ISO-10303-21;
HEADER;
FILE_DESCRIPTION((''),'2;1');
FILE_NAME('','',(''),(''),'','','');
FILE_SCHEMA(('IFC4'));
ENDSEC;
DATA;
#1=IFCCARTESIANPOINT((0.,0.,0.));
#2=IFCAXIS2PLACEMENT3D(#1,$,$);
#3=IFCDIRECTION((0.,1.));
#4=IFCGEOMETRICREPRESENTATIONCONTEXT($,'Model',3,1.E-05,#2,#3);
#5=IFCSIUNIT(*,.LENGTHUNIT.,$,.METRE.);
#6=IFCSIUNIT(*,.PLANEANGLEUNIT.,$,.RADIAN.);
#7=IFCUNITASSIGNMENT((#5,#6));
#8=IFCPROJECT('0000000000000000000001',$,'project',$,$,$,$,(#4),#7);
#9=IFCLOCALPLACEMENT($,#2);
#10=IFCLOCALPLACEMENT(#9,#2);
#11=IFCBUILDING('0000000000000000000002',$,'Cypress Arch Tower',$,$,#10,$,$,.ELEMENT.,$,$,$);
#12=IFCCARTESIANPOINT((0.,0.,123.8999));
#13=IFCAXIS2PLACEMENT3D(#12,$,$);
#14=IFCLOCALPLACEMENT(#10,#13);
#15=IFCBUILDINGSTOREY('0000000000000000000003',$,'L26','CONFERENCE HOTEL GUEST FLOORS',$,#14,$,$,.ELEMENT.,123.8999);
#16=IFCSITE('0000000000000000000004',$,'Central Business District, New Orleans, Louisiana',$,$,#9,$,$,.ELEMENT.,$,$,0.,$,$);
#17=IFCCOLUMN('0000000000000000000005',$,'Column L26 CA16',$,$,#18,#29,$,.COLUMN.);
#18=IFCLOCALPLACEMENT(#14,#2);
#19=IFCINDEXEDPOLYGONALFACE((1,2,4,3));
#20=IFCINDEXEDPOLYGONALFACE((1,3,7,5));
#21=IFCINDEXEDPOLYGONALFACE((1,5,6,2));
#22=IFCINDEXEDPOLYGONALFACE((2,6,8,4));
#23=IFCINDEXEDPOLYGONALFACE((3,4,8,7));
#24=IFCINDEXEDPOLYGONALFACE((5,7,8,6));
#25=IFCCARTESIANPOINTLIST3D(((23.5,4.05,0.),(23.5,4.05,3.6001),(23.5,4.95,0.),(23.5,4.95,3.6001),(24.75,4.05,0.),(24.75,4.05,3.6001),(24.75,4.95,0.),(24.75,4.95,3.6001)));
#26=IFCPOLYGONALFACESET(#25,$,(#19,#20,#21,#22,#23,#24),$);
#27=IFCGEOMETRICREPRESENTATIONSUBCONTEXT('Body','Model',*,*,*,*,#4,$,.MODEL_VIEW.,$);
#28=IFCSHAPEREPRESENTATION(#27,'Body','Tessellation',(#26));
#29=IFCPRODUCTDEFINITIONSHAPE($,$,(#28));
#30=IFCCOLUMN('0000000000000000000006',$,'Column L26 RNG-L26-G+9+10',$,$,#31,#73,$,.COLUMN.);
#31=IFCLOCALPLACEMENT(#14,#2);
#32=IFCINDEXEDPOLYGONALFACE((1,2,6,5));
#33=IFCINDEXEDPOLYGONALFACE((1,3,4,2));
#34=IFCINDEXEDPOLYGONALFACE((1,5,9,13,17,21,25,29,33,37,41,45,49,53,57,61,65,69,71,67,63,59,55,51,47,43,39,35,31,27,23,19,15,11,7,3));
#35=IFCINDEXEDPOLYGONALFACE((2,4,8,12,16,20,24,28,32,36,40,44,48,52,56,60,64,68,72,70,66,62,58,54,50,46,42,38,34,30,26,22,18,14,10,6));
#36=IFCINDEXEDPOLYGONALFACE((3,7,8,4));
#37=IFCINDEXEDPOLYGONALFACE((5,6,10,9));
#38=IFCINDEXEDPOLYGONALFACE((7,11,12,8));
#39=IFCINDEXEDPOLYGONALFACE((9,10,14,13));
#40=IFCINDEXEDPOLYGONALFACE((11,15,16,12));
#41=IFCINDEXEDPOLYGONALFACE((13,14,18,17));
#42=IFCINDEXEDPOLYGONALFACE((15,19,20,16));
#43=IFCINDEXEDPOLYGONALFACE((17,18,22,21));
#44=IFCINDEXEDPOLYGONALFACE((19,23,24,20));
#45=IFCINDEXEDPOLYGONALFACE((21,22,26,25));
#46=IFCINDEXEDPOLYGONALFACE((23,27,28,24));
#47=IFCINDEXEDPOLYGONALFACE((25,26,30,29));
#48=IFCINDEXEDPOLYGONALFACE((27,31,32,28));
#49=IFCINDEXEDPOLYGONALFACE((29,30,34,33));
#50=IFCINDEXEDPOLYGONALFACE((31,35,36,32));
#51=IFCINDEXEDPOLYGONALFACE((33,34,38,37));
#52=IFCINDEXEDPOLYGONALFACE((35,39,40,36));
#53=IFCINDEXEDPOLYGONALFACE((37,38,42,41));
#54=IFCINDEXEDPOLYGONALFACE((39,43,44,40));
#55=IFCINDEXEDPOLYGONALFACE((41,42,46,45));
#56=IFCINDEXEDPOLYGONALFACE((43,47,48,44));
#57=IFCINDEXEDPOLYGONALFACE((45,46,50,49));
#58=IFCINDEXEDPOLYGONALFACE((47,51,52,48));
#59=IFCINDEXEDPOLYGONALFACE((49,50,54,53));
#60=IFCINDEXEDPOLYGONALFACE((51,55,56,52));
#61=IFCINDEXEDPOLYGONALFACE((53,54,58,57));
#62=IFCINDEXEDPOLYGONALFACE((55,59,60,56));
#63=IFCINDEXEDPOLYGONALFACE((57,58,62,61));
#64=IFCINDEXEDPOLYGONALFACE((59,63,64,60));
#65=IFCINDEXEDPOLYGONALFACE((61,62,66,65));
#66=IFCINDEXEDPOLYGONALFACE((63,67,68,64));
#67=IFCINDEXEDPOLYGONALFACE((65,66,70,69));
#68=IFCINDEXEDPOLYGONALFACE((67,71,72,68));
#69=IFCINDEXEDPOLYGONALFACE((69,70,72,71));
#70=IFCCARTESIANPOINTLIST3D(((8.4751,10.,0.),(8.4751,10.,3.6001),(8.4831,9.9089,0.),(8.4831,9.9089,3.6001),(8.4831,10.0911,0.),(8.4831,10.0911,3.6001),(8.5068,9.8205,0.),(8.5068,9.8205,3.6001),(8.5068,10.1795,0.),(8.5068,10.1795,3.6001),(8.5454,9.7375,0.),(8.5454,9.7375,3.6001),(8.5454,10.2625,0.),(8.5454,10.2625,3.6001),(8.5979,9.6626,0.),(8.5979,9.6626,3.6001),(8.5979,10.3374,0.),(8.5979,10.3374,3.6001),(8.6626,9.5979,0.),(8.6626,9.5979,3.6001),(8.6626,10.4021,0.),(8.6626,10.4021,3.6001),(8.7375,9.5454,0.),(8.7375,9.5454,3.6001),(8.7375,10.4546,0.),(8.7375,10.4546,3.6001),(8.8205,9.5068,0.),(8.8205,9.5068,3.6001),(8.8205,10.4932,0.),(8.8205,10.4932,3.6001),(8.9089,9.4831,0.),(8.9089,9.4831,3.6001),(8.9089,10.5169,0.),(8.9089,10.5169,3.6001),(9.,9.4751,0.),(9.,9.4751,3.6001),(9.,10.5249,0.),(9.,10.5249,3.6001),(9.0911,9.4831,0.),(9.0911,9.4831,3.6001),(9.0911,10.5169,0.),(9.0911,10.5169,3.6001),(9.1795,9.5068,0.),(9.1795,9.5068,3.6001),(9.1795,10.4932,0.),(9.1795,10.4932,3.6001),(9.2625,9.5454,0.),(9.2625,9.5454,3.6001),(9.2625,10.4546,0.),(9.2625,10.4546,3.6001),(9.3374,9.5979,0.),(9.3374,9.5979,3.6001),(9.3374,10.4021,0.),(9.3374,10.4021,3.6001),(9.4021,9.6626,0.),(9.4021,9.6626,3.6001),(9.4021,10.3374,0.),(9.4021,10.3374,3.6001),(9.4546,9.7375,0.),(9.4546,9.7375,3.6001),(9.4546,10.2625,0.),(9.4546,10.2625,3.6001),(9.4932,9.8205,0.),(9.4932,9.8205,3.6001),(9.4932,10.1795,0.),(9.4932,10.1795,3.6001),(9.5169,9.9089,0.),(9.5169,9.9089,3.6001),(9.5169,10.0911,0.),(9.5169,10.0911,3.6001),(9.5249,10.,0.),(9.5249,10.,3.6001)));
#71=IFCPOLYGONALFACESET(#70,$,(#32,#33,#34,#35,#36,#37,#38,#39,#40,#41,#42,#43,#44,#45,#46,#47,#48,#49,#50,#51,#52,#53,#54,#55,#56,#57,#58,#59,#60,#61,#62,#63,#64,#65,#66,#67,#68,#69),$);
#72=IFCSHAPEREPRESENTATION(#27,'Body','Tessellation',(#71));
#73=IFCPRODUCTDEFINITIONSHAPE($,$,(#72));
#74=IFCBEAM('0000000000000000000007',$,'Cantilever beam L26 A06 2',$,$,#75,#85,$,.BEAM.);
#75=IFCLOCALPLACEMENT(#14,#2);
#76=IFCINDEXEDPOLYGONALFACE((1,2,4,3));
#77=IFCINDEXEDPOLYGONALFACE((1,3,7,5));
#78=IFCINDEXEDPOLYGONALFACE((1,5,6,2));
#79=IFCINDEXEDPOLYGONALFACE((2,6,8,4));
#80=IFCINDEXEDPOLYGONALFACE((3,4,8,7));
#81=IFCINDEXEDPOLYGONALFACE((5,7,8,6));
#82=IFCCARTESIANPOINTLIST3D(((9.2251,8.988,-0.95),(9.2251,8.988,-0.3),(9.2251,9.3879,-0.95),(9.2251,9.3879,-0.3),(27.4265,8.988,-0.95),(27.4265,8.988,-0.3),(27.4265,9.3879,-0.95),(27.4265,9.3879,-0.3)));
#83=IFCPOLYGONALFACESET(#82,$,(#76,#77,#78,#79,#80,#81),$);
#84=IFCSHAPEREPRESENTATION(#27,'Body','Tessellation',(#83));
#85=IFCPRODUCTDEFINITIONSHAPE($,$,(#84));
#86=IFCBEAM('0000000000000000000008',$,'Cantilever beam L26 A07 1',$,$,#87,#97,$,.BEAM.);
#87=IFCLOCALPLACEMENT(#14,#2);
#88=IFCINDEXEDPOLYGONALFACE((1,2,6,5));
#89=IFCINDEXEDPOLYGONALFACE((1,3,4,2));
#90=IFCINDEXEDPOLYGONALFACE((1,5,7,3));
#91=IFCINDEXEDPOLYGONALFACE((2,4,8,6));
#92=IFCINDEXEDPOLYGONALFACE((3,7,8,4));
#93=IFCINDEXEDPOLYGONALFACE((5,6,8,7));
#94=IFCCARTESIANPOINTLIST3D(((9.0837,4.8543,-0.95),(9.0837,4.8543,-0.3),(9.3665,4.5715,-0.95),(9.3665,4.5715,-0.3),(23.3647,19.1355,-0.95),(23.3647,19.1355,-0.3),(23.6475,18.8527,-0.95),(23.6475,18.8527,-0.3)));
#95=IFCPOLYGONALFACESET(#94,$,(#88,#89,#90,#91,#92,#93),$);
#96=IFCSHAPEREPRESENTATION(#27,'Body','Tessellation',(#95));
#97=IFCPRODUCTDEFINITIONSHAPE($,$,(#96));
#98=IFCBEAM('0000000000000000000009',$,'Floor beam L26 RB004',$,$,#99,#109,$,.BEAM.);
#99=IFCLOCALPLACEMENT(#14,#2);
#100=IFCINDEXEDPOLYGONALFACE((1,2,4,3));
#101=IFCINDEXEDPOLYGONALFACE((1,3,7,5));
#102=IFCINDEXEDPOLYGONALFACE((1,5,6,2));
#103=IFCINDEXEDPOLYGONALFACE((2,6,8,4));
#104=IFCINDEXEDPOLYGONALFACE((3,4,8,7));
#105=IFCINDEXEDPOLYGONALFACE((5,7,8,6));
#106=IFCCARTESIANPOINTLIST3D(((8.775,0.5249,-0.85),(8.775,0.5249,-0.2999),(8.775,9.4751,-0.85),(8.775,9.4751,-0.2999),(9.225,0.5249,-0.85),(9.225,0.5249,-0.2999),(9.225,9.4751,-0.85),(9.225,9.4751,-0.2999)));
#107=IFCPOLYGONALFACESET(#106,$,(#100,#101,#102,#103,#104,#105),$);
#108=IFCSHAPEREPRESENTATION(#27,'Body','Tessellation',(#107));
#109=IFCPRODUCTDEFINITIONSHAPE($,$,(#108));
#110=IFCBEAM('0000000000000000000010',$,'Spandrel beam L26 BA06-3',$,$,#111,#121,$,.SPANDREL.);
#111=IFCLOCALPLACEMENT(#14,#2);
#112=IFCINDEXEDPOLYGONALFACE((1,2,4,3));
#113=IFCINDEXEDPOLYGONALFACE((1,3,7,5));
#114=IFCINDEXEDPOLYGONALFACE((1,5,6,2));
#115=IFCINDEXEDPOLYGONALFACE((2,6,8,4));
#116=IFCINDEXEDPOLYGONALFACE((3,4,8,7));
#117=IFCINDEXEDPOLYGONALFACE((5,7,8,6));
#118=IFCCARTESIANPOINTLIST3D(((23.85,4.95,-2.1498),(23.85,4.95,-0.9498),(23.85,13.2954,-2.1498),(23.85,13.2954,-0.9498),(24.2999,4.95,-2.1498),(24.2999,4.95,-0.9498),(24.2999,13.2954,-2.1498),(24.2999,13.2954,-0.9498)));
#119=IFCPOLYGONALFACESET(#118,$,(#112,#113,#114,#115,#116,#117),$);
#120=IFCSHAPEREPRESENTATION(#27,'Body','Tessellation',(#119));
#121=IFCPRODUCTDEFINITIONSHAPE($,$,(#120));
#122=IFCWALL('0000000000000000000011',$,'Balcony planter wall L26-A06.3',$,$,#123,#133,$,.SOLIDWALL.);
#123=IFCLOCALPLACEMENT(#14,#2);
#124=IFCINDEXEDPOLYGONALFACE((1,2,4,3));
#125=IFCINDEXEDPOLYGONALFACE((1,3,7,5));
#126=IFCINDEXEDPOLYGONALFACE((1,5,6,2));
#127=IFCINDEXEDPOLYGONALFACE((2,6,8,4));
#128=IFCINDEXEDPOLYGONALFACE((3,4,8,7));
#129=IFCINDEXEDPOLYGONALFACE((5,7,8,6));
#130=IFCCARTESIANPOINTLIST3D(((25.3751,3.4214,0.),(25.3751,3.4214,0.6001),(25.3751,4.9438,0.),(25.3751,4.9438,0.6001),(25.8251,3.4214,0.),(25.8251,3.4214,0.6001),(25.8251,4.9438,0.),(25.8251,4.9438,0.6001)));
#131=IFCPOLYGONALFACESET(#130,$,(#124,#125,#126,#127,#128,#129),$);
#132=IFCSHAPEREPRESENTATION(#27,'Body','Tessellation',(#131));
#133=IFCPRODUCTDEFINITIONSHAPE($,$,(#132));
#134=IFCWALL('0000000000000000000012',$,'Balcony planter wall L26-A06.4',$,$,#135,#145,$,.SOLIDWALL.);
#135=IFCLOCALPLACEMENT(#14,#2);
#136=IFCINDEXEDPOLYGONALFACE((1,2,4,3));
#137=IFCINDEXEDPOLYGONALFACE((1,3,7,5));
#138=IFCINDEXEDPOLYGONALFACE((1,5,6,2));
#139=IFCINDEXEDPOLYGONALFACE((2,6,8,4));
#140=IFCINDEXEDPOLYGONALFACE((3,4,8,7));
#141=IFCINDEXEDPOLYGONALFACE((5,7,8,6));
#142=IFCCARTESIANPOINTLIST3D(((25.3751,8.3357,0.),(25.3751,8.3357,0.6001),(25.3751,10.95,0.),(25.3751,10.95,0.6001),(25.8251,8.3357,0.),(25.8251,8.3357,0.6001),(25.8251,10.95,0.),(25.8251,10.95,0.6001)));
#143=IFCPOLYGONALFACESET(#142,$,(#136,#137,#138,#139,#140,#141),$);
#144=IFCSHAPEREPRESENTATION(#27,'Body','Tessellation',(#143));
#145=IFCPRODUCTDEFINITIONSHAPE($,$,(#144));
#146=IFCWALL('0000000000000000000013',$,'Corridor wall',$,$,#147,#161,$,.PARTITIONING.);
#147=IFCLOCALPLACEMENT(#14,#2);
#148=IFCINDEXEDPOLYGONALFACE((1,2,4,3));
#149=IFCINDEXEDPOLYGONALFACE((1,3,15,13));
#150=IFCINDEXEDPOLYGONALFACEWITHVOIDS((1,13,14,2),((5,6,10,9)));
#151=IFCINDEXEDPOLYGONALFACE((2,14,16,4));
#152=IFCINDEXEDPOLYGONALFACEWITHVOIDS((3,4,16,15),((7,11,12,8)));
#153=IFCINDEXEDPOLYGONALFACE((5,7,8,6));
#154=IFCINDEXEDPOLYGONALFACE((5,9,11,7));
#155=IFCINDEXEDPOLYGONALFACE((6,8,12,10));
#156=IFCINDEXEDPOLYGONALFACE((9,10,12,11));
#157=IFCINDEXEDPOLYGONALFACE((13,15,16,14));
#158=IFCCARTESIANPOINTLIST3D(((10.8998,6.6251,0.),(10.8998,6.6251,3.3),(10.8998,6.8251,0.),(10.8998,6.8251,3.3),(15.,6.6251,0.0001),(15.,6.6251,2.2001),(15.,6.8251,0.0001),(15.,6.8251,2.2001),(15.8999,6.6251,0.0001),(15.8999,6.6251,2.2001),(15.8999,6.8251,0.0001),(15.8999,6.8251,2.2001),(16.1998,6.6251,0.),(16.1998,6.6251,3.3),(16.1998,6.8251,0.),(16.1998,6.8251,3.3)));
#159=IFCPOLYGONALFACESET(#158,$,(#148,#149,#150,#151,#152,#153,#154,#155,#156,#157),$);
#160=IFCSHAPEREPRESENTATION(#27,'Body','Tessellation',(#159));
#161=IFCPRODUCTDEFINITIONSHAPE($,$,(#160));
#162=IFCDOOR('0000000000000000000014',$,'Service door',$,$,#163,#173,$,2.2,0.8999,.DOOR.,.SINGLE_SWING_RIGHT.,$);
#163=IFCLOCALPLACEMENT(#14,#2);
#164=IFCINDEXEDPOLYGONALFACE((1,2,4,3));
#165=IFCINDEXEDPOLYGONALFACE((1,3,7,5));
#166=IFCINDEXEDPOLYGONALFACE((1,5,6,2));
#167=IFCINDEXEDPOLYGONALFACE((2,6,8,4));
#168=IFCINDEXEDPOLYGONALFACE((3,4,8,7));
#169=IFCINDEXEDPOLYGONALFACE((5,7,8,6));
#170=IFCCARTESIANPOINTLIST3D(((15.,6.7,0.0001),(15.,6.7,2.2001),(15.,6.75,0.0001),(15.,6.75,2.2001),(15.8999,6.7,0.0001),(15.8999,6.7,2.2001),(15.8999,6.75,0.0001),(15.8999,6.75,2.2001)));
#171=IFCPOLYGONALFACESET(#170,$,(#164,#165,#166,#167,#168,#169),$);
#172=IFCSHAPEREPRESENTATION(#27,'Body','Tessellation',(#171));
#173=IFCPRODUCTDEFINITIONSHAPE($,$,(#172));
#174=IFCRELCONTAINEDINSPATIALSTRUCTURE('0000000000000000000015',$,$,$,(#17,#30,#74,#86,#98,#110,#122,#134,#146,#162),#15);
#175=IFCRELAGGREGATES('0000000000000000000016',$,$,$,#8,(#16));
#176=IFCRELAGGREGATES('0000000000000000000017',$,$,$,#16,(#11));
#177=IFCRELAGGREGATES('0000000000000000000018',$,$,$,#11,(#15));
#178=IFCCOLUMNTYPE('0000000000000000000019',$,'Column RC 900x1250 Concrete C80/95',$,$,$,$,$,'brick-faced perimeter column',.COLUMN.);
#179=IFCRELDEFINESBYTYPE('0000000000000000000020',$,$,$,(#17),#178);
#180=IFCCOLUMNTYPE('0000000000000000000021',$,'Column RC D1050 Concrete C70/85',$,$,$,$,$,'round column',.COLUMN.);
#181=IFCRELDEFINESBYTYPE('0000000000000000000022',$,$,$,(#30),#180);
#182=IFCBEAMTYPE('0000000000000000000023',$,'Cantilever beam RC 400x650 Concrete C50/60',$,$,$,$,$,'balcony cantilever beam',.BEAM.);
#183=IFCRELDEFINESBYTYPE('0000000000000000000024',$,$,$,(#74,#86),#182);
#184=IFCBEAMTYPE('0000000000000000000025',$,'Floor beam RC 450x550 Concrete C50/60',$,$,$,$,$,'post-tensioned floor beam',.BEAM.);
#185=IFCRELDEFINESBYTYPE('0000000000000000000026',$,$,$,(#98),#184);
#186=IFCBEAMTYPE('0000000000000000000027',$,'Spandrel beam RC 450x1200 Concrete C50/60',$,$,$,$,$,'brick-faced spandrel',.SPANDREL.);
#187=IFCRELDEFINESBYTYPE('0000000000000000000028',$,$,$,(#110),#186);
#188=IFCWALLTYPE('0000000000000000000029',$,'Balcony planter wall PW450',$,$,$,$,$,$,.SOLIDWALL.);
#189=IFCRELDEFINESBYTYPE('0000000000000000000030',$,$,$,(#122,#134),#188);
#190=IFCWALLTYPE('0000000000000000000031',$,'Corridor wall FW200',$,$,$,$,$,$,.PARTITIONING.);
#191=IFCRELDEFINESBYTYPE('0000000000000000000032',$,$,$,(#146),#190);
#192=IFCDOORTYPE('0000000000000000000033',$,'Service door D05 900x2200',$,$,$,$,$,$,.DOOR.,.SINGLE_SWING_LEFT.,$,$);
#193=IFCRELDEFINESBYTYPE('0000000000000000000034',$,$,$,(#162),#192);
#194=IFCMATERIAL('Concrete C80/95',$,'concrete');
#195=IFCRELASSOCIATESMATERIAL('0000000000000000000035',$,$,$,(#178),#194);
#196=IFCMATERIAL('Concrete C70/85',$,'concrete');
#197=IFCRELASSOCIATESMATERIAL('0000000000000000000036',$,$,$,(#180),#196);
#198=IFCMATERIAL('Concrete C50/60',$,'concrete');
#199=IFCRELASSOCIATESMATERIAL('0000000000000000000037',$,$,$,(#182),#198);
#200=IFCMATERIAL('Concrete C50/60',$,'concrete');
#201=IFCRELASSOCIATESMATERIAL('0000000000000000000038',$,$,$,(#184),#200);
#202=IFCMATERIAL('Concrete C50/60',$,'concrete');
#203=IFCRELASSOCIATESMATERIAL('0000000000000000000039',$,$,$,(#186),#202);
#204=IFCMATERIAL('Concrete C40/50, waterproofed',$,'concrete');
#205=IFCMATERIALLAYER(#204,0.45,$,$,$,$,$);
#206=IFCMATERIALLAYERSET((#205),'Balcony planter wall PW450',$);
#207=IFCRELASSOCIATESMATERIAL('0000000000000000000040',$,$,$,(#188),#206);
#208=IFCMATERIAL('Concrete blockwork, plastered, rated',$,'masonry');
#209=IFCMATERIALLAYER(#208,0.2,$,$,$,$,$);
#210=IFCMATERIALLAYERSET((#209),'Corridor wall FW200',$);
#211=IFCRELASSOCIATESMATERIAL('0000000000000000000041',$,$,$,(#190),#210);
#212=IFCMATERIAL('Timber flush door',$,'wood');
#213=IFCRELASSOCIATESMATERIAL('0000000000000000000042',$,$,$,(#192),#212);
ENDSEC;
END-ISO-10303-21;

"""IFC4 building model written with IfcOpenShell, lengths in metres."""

from ifc_helpers import new_model, si_unit, direction, frame, frame_2d, origin, origin_2d, place, context, subcontext, project, spatial, rectangle, circle, extrude, material, layer, layer_set, material_profile, profile_set, type_object, element, fill, save


model = new_model("IFC4")

# Units and contexts
model_context = context("Model", 3, precision=1e-05, world=origin(), true_north=direction((0.0, 1.0)))
body_context = subcontext(model_context, "Body", "Model", "MODEL_VIEW")
ifc_project = project(units=[si_unit("LENGTHUNIT", "METRE"), si_unit("PLANEANGLEUNIT", "RADIAN")], contexts=[model_context])

# Site, building, storey
site_placement = place(None, origin())
site = spatial("IfcSite", under=ifc_project, at=site_placement, Name="Central Business District, New Orleans, Louisiana", CompositionType="ELEMENT", RefElevation=0.0)
building_placement = place(site_placement, origin())
building = spatial("IfcBuilding", under=site, at=building_placement, Name="Cypress Arch Tower", CompositionType="ELEMENT")
storey_placement = place(building_placement, frame((0.0, 0.0, 123.8999)))
storey = spatial("IfcBuildingStorey", under=building, at=storey_placement, Name="L26", Description="CONFERENCE HOTEL GUEST FLOORS", CompositionType="ELEMENT", Elevation=123.8999)

# Columns
ifc_material_1 = material(Name="Concrete C80/95", Category="concrete")
ifc_material_profile_1 = material_profile(ifc_material_1, rectangle(XDim=0.8999, YDim=1.25, at=origin_2d()), Name="RC 900x1250")
ifc_profile_set_1 = profile_set([ifc_material_profile_1], Name="Concrete C80/95")
column_type_1 = type_object("IfcColumnType", Name="Column RC 900x1250 Concrete C80/95", ElementType="brick-faced perimeter column", PredefinedType="COLUMN", material=ifc_profile_set_1)
column_1_placement = place(storey_placement, frame((24.125, 4.5, 0.0), z_axis=(0.0, 0.0, 1.0), x_axis=(0.0, 1.0, 0.0)))
element("IfcColumn", 1, at=column_1_placement, inside=storey, type_object=column_type_1, Name="Column L26 CA16", PredefinedType="COLUMN", context=body_context, shape_type="SweptSolid", body=[
    extrude(rectangle(XDim=0.8999, YDim=1.25, at=origin_2d()), origin(), (0.0, 0.0, 1.0), 3.6001),
])
ifc_material_2 = material(Name="Concrete C70/85", Category="concrete")
ifc_material_profile_2 = material_profile(ifc_material_2, circle(Radius=0.5249, at=origin_2d()), Name="RC D1050")
ifc_profile_set_2 = profile_set([ifc_material_profile_2], Name="Concrete C70/85")
column_type_2 = type_object("IfcColumnType", Name="Column RC D1050 Concrete C70/85", ElementType="round column", PredefinedType="COLUMN", material=ifc_profile_set_2)
column_2_placement = place(storey_placement, frame((9.0, 10.0, 0.0), z_axis=(0.0, 0.0, 1.0), x_axis=(1.0, 0.0, 0.0)))
element("IfcColumn", 2, at=column_2_placement, inside=storey, type_object=column_type_2, Name="Column L26 RNG-L26-G+9+10", PredefinedType="COLUMN", context=body_context, shape_type="SweptSolid", body=[
    extrude(circle(Radius=0.5249, at=origin_2d()), origin(), (0.0, 0.0, 1.0), 3.6001),
])

# Beams
ifc_material_3 = material(Name="Concrete C50/60", Category="concrete")
ifc_material_profile_3 = material_profile(ifc_material_3, rectangle(XDim=0.3999, YDim=0.6499, at=origin_2d()), Name="RC 400x650")
ifc_profile_set_3 = profile_set([ifc_material_profile_3], Name="Concrete C50/60")
beam_type_1 = type_object("IfcBeamType", Name="Cantilever beam RC 400x650 Concrete C50/60", ElementType="balcony cantilever beam", PredefinedType="BEAM", material=ifc_profile_set_3)
beam_1_placement = place(storey_placement, frame((9.2251, 9.188, -0.625), z_axis=(1.0, 0.0, 0.0), x_axis=(0.0, 1.0, 0.0)))
element("IfcBeam", 3, at=beam_1_placement, inside=storey, type_object=beam_type_1, Name="Cantilever beam L26 A06 2", PredefinedType="BEAM", context=body_context, shape_type="SweptSolid", body=[
    extrude(rectangle(XDim=0.3999, YDim=0.6499, at=origin_2d()), origin(), (0.0, 0.0, 1.0), 18.2014),
])
beam_2_placement = place(storey_placement, frame((9.2251, 4.7129, -0.625), z_axis=(0.707101, 0.707113, 0.0), x_axis=(-0.707113, 0.707101, 0.0)))
element("IfcBeam", 4, at=beam_2_placement, inside=storey, type_object=beam_type_1, Name="Cantilever beam L26 A07 1", PredefinedType="BEAM", context=body_context, shape_type="SweptSolid", body=[
    extrude(rectangle(XDim=0.3999, YDim=0.6499, at=origin_2d()), origin(), (0.0, 0.0, 1.0), 20.1965),
])
ifc_material_4 = material(Name="Concrete C50/60", Category="concrete")
ifc_material_profile_4 = material_profile(ifc_material_4, rectangle(XDim=0.45, YDim=0.55, at=origin_2d()), Name="RC 450x550")
ifc_profile_set_4 = profile_set([ifc_material_profile_4], Name="Concrete C50/60")
beam_type_2 = type_object("IfcBeamType", Name="Floor beam RC 450x550 Concrete C50/60", ElementType="post-tensioned floor beam", PredefinedType="BEAM", material=ifc_profile_set_4)
beam_3_placement = place(storey_placement, frame((9.0, 0.5249, -0.575), z_axis=(0.0, 1.0, 0.0), x_axis=(-1.0, 0.0, 0.0)))
element("IfcBeam", 5, at=beam_3_placement, inside=storey, type_object=beam_type_2, Name="Floor beam L26 RB004", PredefinedType="BEAM", context=body_context, shape_type="SweptSolid", body=[
    extrude(rectangle(XDim=0.45, YDim=0.55, at=origin_2d()), origin(), (0.0, 0.0, 1.0), 8.9502),
])
ifc_material_5 = material(Name="Concrete C50/60", Category="concrete")
ifc_material_profile_5 = material_profile(ifc_material_5, rectangle(XDim=0.45, YDim=1.2, at=origin_2d()), Name="RC 450x1200")
ifc_profile_set_5 = profile_set([ifc_material_profile_5], Name="Concrete C50/60")
beam_type_3 = type_object("IfcBeamType", Name="Spandrel beam RC 450x1200 Concrete C50/60", ElementType="brick-faced spandrel", PredefinedType="SPANDREL", material=ifc_profile_set_5)
beam_4_placement = place(storey_placement, frame((24.075, 4.95, -1.5498), z_axis=(0.0, 1.0, 0.0), x_axis=(-1.0, 0.0, 0.0)))
element("IfcBeam", 6, at=beam_4_placement, inside=storey, type_object=beam_type_3, Name="Spandrel beam L26 BA06-3", PredefinedType="SPANDREL", context=body_context, shape_type="SweptSolid", body=[
    extrude(rectangle(XDim=0.45, YDim=1.2, at=origin_2d()), origin(), (0.0, 0.0, 1.0), 8.3455),
])

# Walls
ifc_material_6 = material(Name="Concrete C40/50, waterproofed", Category="concrete")
ifc_layer_1 = layer(ifc_material_6, 0.45)
ifc_layer_set_1 = layer_set([ifc_layer_1], Name="Balcony planter wall PW450")
wall_type_1 = type_object("IfcWallType", Name="Balcony planter wall PW450", PredefinedType="SOLIDWALL", material=ifc_layer_set_1)
wall_1_placement = place(storey_placement, frame((25.6001, 3.4214, 0.0), z_axis=(0.0, 0.0, 1.0), x_axis=(0.0, 1.0, 0.0)))
element("IfcWall", 7, at=wall_1_placement, inside=storey, type_object=wall_type_1, Name="Balcony planter wall L26-A06.3", PredefinedType="SOLIDWALL", context=body_context, shape_type="SweptSolid", body=[
    extrude(rectangle(XDim=1.5225, YDim=0.45, at=frame_2d((0.7612, 0.0))), origin(), (0.0, 0.0, 1.0), 0.6001),
])
wall_2_placement = place(storey_placement, frame((25.6001, 8.3357, 0.0), z_axis=(0.0, 0.0, 1.0), x_axis=(0.0, 1.0, 0.0)))
element("IfcWall", 8, at=wall_2_placement, inside=storey, type_object=wall_type_1, Name="Balcony planter wall L26-A06.4", PredefinedType="SOLIDWALL", context=body_context, shape_type="SweptSolid", body=[
    extrude(rectangle(XDim=2.6143, YDim=0.45, at=frame_2d((1.3071, 0.0))), origin(), (0.0, 0.0, 1.0), 0.6001),
])

# Wall, opening, door
ifc_material_7 = material(Name="Concrete blockwork, plastered, rated", Category="masonry")
ifc_layer_2 = layer(ifc_material_7, 0.2)
ifc_layer_set_2 = layer_set([ifc_layer_2], Name="Corridor wall FW200")
wall_type_2 = type_object("IfcWallType", Name="Corridor wall FW200", PredefinedType="PARTITIONING", material=ifc_layer_set_2)
wall_3_placement = place(storey_placement, frame((10.8999, 6.7251, 0.0), z_axis=(0.0, 0.0, 1.0), x_axis=(1.0, 0.0, 0.0)))
wall_3 = element("IfcWall", 9, at=wall_3_placement, inside=storey, type_object=wall_type_2, Name="Corridor wall", PredefinedType="PARTITIONING", context=body_context, shape_type="SweptSolid", body=[
    extrude(rectangle(XDim=5.3, YDim=0.2, at=frame_2d((2.6499, 0.0))), origin(), (0.0, 0.0, 1.0), 3.3),
])
opening_1_placement = place(wall_3_placement, frame((4.1001, 0.0, 0.0)))
opening_1 = element("IfcOpeningElement", 10, at=opening_1_placement, cuts=wall_3, PredefinedType="OPENING", context=body_context, shape_type="SweptSolid", body=[
    extrude(rectangle(XDim=0.8999, YDim=2.2, at=frame_2d((0.45, 1.1001))), frame((0.0, 0.1099, 0.0), z_axis=(0.0, -1.0, 0.0), x_axis=(1.0, 0.0, 0.0)), (0.0, 0.0, 1.0), 0.22),
])
ifc_material_8 = material(Name="Timber flush door", Category="wood")
door_type_1 = type_object("IfcDoorType", Name="Service door D05 900x2200", OperationType="SINGLE_SWING_LEFT", PredefinedType="DOOR", material=ifc_material_8)
door_1_placement = place(opening_1_placement, origin())
door_1 = element("IfcDoor", 11, at=door_1_placement, inside=storey, type_object=door_type_1, Name="Service door", OperationType="SINGLE_SWING_RIGHT", OverallHeight=2.2, OverallWidth=0.8999, PredefinedType="DOOR", context=body_context, shape_type="SweptSolid", body=[
    extrude(rectangle(XDim=0.8999, YDim=2.2, at=frame_2d((0.45, 1.1001))), frame((0.0, 0.0249, 0.0), z_axis=(0.0, -1.0, 0.0), x_axis=(1.0, 0.0, 0.0)), (0.0, 0.0, 1.0), 0.05),
])
fill(opening_1, door_1)

save(model, "model.ifc")
